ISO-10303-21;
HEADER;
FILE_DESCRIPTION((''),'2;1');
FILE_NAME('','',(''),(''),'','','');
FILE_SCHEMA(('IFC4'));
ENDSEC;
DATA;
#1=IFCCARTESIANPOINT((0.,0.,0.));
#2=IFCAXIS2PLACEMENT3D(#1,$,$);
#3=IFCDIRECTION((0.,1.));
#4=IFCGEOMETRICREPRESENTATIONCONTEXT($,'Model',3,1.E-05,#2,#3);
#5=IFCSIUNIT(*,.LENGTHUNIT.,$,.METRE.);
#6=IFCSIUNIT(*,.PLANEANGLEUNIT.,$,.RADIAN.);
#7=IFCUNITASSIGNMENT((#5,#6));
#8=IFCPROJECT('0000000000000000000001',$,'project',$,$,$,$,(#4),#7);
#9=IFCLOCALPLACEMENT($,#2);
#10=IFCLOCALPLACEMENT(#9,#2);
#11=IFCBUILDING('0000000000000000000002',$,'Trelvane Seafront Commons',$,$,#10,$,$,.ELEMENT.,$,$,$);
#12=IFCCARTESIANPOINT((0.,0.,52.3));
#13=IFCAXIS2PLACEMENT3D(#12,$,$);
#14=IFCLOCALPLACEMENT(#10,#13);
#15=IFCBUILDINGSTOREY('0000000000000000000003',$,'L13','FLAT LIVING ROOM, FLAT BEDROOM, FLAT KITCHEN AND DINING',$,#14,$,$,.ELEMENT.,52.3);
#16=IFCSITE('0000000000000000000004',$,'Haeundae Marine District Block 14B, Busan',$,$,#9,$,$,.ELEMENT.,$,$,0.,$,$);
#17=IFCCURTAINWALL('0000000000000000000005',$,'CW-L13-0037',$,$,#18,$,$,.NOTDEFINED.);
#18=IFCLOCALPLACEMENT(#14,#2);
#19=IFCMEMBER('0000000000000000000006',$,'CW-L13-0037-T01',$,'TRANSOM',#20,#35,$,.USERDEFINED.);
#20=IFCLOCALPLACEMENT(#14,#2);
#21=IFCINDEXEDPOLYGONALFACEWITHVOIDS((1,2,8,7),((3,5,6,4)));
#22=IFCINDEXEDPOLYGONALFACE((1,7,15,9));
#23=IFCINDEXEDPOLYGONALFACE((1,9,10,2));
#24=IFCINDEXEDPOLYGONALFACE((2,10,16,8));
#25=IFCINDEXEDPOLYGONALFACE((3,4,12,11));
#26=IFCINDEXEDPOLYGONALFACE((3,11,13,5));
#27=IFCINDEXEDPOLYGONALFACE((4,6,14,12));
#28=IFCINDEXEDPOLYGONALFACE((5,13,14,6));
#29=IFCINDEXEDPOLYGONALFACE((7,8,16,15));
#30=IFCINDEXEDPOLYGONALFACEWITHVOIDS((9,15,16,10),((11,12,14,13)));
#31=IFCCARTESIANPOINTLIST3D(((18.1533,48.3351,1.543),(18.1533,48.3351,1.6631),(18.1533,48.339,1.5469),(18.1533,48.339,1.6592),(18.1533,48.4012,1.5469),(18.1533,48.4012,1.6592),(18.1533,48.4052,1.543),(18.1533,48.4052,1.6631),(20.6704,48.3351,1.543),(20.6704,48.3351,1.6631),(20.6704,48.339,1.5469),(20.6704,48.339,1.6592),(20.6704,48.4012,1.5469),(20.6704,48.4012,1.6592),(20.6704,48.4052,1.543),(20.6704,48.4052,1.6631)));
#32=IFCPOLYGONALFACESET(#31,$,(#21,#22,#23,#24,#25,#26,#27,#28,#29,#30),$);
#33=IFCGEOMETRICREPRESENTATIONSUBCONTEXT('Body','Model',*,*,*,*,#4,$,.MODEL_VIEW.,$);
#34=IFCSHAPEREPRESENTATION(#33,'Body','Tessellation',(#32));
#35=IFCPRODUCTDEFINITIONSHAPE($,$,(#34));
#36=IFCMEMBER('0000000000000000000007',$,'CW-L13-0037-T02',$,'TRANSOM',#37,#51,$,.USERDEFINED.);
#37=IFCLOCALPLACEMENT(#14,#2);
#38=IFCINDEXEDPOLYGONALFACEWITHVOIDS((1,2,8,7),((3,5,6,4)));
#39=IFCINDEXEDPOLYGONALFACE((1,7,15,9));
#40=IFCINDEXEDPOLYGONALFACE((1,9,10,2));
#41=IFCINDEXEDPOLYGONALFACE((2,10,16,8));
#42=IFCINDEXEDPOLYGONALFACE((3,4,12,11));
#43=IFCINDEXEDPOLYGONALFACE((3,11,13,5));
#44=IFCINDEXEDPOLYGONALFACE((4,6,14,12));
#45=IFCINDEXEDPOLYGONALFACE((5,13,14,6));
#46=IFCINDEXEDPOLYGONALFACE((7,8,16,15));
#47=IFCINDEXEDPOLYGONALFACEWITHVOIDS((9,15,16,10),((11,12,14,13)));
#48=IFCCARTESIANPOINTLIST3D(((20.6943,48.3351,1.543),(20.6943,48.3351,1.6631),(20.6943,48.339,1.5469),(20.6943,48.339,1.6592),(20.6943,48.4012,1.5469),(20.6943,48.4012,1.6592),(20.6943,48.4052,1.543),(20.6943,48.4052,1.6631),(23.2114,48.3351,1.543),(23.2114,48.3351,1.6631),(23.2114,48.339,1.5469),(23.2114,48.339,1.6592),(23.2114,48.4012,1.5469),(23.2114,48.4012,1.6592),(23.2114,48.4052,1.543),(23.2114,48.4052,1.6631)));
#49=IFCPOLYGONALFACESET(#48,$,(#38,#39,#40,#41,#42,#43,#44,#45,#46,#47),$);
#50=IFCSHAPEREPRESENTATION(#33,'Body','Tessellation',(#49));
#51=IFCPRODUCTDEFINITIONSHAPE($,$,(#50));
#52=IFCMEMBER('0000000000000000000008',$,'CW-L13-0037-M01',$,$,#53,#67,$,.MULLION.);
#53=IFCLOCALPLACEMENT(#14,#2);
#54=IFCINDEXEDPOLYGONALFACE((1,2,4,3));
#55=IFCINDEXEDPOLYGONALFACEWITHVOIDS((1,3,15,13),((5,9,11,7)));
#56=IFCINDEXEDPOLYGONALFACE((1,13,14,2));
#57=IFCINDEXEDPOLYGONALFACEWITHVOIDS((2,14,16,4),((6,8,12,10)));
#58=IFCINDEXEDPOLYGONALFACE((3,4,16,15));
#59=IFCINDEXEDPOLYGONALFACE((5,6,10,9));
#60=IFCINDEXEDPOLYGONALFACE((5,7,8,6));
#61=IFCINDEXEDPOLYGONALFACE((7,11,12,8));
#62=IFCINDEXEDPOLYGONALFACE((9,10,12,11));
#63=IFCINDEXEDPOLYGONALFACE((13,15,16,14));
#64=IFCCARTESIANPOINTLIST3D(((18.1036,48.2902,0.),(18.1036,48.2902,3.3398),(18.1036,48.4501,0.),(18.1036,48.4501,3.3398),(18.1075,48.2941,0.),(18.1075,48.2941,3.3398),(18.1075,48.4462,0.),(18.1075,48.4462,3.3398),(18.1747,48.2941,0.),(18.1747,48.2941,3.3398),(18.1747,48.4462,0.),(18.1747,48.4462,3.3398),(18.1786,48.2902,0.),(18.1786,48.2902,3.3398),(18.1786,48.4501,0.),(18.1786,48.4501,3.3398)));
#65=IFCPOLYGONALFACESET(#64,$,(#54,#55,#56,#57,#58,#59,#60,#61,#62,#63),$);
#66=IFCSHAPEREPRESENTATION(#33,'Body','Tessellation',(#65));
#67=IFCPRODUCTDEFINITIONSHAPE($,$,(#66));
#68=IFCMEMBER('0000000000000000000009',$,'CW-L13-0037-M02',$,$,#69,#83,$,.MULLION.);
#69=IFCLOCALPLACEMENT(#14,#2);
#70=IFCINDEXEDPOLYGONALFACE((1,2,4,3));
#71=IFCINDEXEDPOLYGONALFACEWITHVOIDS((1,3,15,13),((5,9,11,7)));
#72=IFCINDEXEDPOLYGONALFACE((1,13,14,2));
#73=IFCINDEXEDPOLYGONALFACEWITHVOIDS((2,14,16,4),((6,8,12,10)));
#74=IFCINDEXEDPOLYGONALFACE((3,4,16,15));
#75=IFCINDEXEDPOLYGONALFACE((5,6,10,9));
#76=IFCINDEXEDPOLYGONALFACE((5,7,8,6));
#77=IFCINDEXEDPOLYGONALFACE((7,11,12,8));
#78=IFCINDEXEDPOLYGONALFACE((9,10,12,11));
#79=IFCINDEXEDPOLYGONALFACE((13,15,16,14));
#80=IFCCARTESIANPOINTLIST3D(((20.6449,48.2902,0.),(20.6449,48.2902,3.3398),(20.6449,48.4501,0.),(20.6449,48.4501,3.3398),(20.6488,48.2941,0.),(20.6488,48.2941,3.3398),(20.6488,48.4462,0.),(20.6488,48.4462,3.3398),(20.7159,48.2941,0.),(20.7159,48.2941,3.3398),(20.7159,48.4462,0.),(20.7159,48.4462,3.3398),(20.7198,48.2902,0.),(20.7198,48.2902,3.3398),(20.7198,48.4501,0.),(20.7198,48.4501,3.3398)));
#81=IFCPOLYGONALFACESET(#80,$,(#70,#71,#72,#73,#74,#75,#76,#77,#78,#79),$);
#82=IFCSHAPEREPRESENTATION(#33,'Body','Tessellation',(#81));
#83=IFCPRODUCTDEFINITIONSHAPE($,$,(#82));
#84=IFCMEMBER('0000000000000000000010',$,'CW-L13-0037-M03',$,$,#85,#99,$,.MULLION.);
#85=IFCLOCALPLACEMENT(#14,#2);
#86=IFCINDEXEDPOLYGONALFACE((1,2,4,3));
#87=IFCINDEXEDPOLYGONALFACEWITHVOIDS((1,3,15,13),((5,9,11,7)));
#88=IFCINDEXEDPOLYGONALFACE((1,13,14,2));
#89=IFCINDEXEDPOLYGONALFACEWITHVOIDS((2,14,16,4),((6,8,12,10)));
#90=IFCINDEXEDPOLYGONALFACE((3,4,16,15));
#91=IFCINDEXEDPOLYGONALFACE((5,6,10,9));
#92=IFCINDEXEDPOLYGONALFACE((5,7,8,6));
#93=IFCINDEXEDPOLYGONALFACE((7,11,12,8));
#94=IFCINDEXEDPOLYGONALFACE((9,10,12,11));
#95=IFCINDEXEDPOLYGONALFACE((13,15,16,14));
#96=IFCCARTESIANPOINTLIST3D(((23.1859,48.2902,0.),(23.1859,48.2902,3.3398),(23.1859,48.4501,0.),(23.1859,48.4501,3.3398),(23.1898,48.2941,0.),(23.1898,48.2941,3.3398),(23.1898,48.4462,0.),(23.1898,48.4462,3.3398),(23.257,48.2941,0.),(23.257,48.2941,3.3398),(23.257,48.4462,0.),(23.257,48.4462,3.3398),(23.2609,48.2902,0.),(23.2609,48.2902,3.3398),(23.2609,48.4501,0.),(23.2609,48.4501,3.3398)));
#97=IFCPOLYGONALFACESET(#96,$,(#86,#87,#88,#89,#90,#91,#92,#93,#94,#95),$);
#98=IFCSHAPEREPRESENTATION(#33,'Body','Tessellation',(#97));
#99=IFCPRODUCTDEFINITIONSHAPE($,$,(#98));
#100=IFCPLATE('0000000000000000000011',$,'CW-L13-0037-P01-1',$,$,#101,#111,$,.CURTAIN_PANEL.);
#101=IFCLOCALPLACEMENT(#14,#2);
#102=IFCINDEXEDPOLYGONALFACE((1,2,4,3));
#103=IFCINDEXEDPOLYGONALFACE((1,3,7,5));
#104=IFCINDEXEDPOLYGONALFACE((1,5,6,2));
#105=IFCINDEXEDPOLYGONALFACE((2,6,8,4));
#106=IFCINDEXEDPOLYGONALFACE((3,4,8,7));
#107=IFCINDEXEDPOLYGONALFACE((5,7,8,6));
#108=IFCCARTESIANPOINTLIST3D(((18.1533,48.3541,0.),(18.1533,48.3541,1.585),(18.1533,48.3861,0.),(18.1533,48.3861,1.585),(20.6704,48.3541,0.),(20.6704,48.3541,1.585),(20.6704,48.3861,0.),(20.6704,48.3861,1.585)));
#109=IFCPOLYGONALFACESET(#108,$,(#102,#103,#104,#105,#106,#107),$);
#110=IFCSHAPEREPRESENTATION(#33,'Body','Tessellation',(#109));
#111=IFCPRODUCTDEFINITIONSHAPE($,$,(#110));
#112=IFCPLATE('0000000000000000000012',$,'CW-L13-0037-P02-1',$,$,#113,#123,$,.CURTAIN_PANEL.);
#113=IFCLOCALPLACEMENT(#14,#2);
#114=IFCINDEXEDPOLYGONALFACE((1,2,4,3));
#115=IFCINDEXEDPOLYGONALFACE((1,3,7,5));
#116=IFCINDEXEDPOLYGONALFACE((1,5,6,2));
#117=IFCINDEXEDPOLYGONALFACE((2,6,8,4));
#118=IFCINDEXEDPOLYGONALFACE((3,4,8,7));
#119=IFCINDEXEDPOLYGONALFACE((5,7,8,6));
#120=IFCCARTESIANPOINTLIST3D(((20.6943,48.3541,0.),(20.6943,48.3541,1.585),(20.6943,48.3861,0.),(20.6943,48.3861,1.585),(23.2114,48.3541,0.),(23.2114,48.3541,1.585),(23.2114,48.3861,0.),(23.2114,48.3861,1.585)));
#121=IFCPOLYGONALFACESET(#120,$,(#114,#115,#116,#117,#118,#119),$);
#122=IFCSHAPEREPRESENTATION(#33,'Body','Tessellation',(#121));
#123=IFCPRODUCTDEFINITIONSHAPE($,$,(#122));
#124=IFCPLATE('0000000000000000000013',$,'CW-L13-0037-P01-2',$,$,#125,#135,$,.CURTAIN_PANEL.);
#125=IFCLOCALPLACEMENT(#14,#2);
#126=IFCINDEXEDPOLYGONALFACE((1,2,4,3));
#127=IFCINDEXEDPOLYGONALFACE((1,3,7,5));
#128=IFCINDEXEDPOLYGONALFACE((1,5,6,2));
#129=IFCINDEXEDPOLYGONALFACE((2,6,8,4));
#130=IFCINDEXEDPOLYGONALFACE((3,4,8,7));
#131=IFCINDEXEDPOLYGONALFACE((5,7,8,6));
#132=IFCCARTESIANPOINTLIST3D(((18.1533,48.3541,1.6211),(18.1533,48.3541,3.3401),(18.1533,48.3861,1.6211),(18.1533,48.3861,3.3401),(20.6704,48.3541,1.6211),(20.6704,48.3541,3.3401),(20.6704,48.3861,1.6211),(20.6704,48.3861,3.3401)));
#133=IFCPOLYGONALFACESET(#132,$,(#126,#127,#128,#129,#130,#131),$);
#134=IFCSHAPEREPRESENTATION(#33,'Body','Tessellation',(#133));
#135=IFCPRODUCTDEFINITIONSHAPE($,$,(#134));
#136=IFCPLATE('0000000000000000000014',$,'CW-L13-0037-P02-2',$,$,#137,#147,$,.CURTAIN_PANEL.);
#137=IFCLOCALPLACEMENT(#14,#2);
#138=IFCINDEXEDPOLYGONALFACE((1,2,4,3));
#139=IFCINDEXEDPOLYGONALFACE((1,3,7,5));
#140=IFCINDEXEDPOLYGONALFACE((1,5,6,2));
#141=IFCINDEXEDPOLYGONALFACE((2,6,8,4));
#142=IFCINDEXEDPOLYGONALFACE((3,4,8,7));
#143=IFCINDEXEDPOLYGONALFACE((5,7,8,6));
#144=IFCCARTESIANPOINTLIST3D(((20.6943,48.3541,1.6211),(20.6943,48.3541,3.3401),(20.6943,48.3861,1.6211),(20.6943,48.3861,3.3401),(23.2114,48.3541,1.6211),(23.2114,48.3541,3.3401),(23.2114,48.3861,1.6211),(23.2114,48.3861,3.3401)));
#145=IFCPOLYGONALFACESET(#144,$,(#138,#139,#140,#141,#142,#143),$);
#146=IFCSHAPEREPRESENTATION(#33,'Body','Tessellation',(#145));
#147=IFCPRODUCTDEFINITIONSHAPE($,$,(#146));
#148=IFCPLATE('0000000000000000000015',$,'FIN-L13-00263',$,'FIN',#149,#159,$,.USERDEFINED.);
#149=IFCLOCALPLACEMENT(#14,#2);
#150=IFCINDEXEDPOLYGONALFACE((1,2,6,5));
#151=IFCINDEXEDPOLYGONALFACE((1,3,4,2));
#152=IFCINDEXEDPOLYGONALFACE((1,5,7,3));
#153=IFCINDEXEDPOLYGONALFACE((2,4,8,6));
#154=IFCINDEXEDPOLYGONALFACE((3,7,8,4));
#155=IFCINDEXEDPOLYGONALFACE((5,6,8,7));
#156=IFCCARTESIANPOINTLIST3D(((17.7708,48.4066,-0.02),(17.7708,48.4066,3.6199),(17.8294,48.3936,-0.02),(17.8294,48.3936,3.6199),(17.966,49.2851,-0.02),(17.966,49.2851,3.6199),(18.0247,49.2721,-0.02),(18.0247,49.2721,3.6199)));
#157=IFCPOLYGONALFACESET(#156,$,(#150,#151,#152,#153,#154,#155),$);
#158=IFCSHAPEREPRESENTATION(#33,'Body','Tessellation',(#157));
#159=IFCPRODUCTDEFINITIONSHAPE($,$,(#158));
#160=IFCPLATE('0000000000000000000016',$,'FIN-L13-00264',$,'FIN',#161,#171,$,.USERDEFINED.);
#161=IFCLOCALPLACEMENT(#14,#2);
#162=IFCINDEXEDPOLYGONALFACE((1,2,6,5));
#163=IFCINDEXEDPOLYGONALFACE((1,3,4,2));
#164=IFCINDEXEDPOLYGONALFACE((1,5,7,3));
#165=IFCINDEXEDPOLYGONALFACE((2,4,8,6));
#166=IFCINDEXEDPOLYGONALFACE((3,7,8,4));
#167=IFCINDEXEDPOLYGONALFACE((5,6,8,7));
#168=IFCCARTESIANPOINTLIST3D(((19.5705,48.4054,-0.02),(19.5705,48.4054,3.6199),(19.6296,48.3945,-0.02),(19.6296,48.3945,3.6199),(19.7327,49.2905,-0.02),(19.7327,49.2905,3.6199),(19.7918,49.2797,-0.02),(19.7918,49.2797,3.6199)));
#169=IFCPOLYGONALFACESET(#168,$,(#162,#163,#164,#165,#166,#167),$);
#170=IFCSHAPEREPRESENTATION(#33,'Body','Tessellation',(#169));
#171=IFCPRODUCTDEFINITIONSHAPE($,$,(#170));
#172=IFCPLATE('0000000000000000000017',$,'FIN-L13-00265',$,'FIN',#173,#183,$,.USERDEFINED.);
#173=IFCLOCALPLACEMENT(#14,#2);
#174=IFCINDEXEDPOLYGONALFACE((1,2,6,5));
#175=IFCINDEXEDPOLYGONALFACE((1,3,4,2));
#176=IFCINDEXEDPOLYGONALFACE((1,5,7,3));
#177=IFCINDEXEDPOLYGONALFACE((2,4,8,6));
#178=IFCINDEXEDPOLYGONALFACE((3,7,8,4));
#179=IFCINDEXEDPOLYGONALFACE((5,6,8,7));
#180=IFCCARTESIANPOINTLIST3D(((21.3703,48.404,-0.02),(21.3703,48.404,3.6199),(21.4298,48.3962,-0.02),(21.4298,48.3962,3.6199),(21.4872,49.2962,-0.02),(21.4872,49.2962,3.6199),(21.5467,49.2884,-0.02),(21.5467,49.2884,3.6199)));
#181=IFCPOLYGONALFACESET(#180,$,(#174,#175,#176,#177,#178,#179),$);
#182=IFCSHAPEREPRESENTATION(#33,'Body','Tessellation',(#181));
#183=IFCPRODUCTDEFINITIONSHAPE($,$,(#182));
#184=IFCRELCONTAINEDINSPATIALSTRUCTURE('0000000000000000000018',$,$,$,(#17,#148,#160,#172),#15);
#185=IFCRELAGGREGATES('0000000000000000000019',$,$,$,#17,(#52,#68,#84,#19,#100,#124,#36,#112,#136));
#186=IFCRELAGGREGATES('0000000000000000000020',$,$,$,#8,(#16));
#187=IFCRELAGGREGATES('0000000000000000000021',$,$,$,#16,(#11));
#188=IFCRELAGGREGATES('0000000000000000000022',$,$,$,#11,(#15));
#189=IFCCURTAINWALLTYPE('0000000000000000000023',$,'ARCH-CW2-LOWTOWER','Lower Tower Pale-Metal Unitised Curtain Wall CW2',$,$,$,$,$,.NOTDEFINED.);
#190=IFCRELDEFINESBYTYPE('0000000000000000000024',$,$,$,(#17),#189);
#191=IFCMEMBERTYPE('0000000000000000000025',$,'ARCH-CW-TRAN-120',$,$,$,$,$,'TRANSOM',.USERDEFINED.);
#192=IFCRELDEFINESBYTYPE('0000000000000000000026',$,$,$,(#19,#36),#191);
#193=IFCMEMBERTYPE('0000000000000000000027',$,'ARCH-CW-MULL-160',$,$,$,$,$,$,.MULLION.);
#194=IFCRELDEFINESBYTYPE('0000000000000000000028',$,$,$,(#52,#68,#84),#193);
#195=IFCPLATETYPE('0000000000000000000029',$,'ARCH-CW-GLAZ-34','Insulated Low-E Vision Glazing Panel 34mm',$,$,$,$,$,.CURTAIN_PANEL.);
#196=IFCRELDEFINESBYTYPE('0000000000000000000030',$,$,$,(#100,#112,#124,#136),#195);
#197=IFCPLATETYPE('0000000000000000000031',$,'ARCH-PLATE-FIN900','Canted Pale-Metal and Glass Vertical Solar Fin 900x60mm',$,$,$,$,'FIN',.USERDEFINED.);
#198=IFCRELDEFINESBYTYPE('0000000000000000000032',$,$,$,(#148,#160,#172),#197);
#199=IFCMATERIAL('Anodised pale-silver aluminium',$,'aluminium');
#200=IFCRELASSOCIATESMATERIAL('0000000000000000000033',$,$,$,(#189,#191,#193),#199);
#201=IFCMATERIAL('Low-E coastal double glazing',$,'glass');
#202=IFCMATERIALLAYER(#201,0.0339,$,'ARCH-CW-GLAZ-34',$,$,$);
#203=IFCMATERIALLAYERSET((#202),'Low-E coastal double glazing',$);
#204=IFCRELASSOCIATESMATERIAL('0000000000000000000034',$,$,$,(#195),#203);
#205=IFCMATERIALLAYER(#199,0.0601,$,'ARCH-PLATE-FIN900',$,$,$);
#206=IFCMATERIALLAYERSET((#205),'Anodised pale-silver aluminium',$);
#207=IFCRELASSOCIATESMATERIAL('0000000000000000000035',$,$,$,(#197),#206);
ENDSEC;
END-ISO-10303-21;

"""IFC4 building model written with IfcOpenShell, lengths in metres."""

from ifc_helpers import new_model, si_unit, direction, frame, origin, origin_2d, place, context, subcontext, project, spatial, rectangle, hollow_rectangle, extrude, source, transform, mapped, material, layer, layer_set, material_profile, profile_set, type_object, element, aggregate, save


model = new_model("IFC4")

# Units and contexts
model_context = context("Model", 3, precision=1e-05, world=origin(), true_north=direction((0.0, 1.0)))
body_context = subcontext(model_context, "Body", "Model", "MODEL_VIEW")
ifc_project = project(units=[si_unit("LENGTHUNIT", "METRE"), si_unit("PLANEANGLEUNIT", "RADIAN")], contexts=[model_context])

# Site, building, storey
site_placement = place(None, origin())
site = spatial("IfcSite", under=ifc_project, at=site_placement, Name="Haeundae Marine District Block 14B, Busan", CompositionType="ELEMENT", RefElevation=0.0)
building_placement = place(site_placement, origin())
building = spatial("IfcBuilding", under=site, at=building_placement, Name="Trelvane Seafront Commons", CompositionType="ELEMENT")
storey_placement = place(building_placement, frame((0.0, 0.0, 52.3)))
storey = spatial("IfcBuildingStorey", under=building, at=storey_placement, Name="L13", Description="FLAT LIVING ROOM, FLAT BEDROOM, FLAT KITCHEN AND DINING", CompositionType="ELEMENT", Elevation=52.3)

# Curtain wall, members, plates
ifc_material_1 = material(Name="Anodised pale-silver aluminium", Category="aluminium")
curtain_wall_type = type_object("IfcCurtainWallType", Name="ARCH-CW2-LOWTOWER", Description="Lower Tower Pale-Metal Unitised Curtain Wall CW2", PredefinedType="NOTDEFINED", material=ifc_material_1)
curtain_wall_placement = place(storey_placement, origin())
curtain_wall = element("IfcCurtainWall", 1, at=curtain_wall_placement, inside=storey, type_object=curtain_wall_type, Name="CW-L13-0037", PredefinedType="NOTDEFINED")
ifc_material_profile_1 = material_profile(ifc_material_1, hollow_rectangle(XDim=0.0701, YDim=0.1201, WallThickness=0.0039, at=origin_2d()), Name="TRAN-70x120x4")
ifc_profile_set_1 = profile_set([ifc_material_profile_1], Name="Anodised pale-silver aluminium")
member_type_1 = type_object("IfcMemberType", Name="ARCH-CW-TRAN-120", ElementType="TRANSOM", PredefinedType="USERDEFINED", material=ifc_profile_set_1)
shared_shape_1 = source(origin(), body_context, "Body", "SweptSolid", [
    extrude(hollow_rectangle(XDim=0.0701, YDim=0.1201, WallThickness=0.0039, at=origin_2d()), origin(), (0.0, 0.0, 1.0), 2.5171),
])
member_1_placement = place(storey_placement, frame((18.1533, 48.3701, 1.603), z_axis=(1.0, 0.0, 0.0), x_axis=(0.0, 1.0, 0.0)))
member_1 = element("IfcMember", 2, at=member_1_placement, type_object=member_type_1, Name="CW-L13-0037-T01", ObjectType="TRANSOM", PredefinedType="USERDEFINED", context=body_context, shape_type="MappedRepresentation", body=[
    mapped(shared_shape_1, transform((0.0, 0.0, 0.0), x_axis=(1.0, 0.0, 0.0), y_axis=(0.0, 1.0, 0.0), z_axis=(0.0, 0.0, 1.0), scale=1.0)),
])
member_2_placement = place(storey_placement, frame((20.6943, 48.3701, 1.603), z_axis=(1.0, 0.0, 0.0), x_axis=(0.0, 1.0, 0.0)))
member_2 = element("IfcMember", 3, at=member_2_placement, type_object=member_type_1, Name="CW-L13-0037-T02", ObjectType="TRANSOM", PredefinedType="USERDEFINED", context=body_context, shape_type="MappedRepresentation", body=[
    mapped(shared_shape_1, transform((0.0, 0.0, 0.0), x_axis=(1.0, 0.0, 0.0), y_axis=(0.0, 1.0, 0.0), z_axis=(0.0, 0.0, 1.0), scale=1.0)),
])
ifc_material_profile_2 = material_profile(ifc_material_1, hollow_rectangle(XDim=0.075, YDim=0.1599, WallThickness=0.0039, at=origin_2d()), Name="MULL-75x160x4")
ifc_profile_set_2 = profile_set([ifc_material_profile_2], Name="Anodised pale-silver aluminium")
member_type_2 = type_object("IfcMemberType", Name="ARCH-CW-MULL-160", PredefinedType="MULLION", material=ifc_profile_set_2)
shared_shape_2 = source(origin(), body_context, "Body", "SweptSolid", [
    extrude(hollow_rectangle(XDim=0.075, YDim=0.1599, WallThickness=0.0039, at=origin_2d()), origin(), (0.0, 0.0, 1.0), 3.3398),
])
member_3_placement = place(storey_placement, frame((18.1411, 48.3701, 0.0), z_axis=(0.0, 0.0, 1.0), x_axis=(1.0, 0.0, 0.0)))
member_3 = element("IfcMember", 4, at=member_3_placement, type_object=member_type_2, Name="CW-L13-0037-M01", PredefinedType="MULLION", context=body_context, shape_type="MappedRepresentation", body=[
    mapped(shared_shape_2, transform((0.0, 0.0, 0.0), x_axis=(1.0, 0.0, 0.0), y_axis=(0.0, 1.0, 0.0), z_axis=(0.0, 0.0, 1.0), scale=1.0)),
])
member_4_placement = place(storey_placement, frame((20.6824, 48.3701, 0.0), z_axis=(0.0, 0.0, 1.0), x_axis=(1.0, 0.0, 0.0)))
member_4 = element("IfcMember", 5, at=member_4_placement, type_object=member_type_2, Name="CW-L13-0037-M02", PredefinedType="MULLION", context=body_context, shape_type="MappedRepresentation", body=[
    mapped(shared_shape_2, transform((0.0, 0.0, 0.0), x_axis=(1.0, 0.0, 0.0), y_axis=(0.0, 1.0, 0.0), z_axis=(0.0, 0.0, 1.0), scale=1.0)),
])
member_5_placement = place(storey_placement, frame((23.2234, 48.3701, 0.0), z_axis=(0.0, 0.0, 1.0), x_axis=(1.0, 0.0, 0.0)))
member_5 = element("IfcMember", 6, at=member_5_placement, type_object=member_type_2, Name="CW-L13-0037-M03", PredefinedType="MULLION", context=body_context, shape_type="MappedRepresentation", body=[
    mapped(shared_shape_2, transform((0.0, 0.0, 0.0), x_axis=(1.0, 0.0, 0.0), y_axis=(0.0, 1.0, 0.0), z_axis=(0.0, 0.0, 1.0), scale=1.0)),
])
ifc_material_2 = material(Name="Low-E coastal double glazing", Category="glass")
ifc_layer_1 = layer(ifc_material_2, 0.0339, Name="ARCH-CW-GLAZ-34")
ifc_layer_set_1 = layer_set([ifc_layer_1], Name="Low-E coastal double glazing")
plate_type_1 = type_object("IfcPlateType", Name="ARCH-CW-GLAZ-34", Description="Insulated Low-E Vision Glazing Panel 34mm", PredefinedType="CURTAIN_PANEL", material=ifc_layer_set_1)
shared_shape_3 = source(origin(), body_context, "Body", "SweptSolid", [
    extrude(rectangle(XDim=2.5171, YDim=0.032, at=origin_2d()), origin(), (0.0, 0.0, 1.0), 1.585),
])
plate_1_placement = place(storey_placement, frame((19.4119, 48.3701, 0.0), z_axis=(0.0, 0.0, 1.0), x_axis=(1.0, 0.0, 0.0)))
plate_1 = element("IfcPlate", 7, at=plate_1_placement, type_object=plate_type_1, Name="CW-L13-0037-P01-1", PredefinedType="CURTAIN_PANEL", context=body_context, shape_type="MappedRepresentation", body=[
    mapped(shared_shape_3, transform((0.0, 0.0, 0.0), x_axis=(1.0, 0.0, 0.0), y_axis=(0.0, 1.0, 0.0), z_axis=(0.0, 0.0, 1.0), scale=1.0)),
])
plate_2_placement = place(storey_placement, frame((21.9529, 48.3701, 0.0), z_axis=(0.0, 0.0, 1.0), x_axis=(1.0, 0.0, 0.0)))
plate_2 = element("IfcPlate", 8, at=plate_2_placement, type_object=plate_type_1, Name="CW-L13-0037-P02-1", PredefinedType="CURTAIN_PANEL", context=body_context, shape_type="MappedRepresentation", body=[
    mapped(shared_shape_3, transform((0.0, 0.0, 0.0), x_axis=(1.0, 0.0, 0.0), y_axis=(0.0, 1.0, 0.0), z_axis=(0.0, 0.0, 1.0), scale=1.0)),
])
shared_shape_4 = source(origin(), body_context, "Body", "SweptSolid", [
    extrude(rectangle(XDim=2.5171, YDim=0.032, at=origin_2d()), origin(), (0.0, 0.0, 1.0), 1.719),
])
plate_3_placement = place(storey_placement, frame((19.4119, 48.3701, 1.6211), z_axis=(0.0, 0.0, 1.0), x_axis=(1.0, 0.0, 0.0)))
plate_3 = element("IfcPlate", 9, at=plate_3_placement, type_object=plate_type_1, Name="CW-L13-0037-P01-2", PredefinedType="CURTAIN_PANEL", context=body_context, shape_type="MappedRepresentation", body=[
    mapped(shared_shape_4, transform((0.0, 0.0, 0.0), x_axis=(1.0, 0.0, 0.0), y_axis=(0.0, 1.0, 0.0), z_axis=(0.0, 0.0, 1.0), scale=1.0)),
])
plate_4_placement = place(storey_placement, frame((21.9529, 48.3701, 1.6211), z_axis=(0.0, 0.0, 1.0), x_axis=(1.0, 0.0, 0.0)))
plate_4 = element("IfcPlate", 10, at=plate_4_placement, type_object=plate_type_1, Name="CW-L13-0037-P02-2", PredefinedType="CURTAIN_PANEL", context=body_context, shape_type="MappedRepresentation", body=[
    mapped(shared_shape_4, transform((0.0, 0.0, 0.0), x_axis=(1.0, 0.0, 0.0), y_axis=(0.0, 1.0, 0.0), z_axis=(0.0, 0.0, 1.0), scale=1.0)),
])
aggregate(curtain_wall, [member_3, member_4, member_5, member_1, plate_1, plate_3, member_2, plate_2, plate_4])

# Plates
ifc_layer_2 = layer(ifc_material_1, 0.0601, Name="ARCH-PLATE-FIN900")
ifc_layer_set_2 = layer_set([ifc_layer_2], Name="Anodised pale-silver aluminium")
plate_type_2 = type_object("IfcPlateType", Name="ARCH-PLATE-FIN900", Description="Canted Pale-Metal and Glass Vertical Solar Fin 900x60mm", ElementType="FIN", PredefinedType="USERDEFINED", material=ifc_layer_set_2)
shared_shape_5 = source(origin(), body_context, "Body", "SweptSolid", [
    extrude(rectangle(XDim=0.8999, YDim=0.0601, at=origin_2d()), origin(), (0.0, 0.0, 1.0), 3.6399),
])
for number, where, z_axis, x_axis, name in (
    (11, (17.8977, 48.8394, -0.02), (0.0, 0.0, 1.0), (0.21699, 0.976174, 0.0), "FIN-L13-00263"),
    (12, (19.6812, 48.8425, -0.02), (0.0, 0.0, 1.0), (0.180215, 0.983627, 0.0), "FIN-L13-00264"),
    (13, (21.4585, 48.8462, -0.02), (0.0, 0.0, 1.0), (0.129886, 0.991529, 0.0), "FIN-L13-00265"),
):
    element("IfcPlate", number, at=place(storey_placement, frame(where, z_axis=z_axis, x_axis=x_axis)), inside=storey, type_object=plate_type_2, Name=name, ObjectType="FIN", PredefinedType="USERDEFINED", context=body_context, shape_type="MappedRepresentation", body=[
        mapped(shared_shape_5, transform((0.0, 0.0, 0.0), x_axis=(1.0, 0.0, 0.0), y_axis=(0.0, 1.0, 0.0), z_axis=(0.0, 0.0, 1.0), scale=1.0)),
    ])

save(model, "model.ifc")
